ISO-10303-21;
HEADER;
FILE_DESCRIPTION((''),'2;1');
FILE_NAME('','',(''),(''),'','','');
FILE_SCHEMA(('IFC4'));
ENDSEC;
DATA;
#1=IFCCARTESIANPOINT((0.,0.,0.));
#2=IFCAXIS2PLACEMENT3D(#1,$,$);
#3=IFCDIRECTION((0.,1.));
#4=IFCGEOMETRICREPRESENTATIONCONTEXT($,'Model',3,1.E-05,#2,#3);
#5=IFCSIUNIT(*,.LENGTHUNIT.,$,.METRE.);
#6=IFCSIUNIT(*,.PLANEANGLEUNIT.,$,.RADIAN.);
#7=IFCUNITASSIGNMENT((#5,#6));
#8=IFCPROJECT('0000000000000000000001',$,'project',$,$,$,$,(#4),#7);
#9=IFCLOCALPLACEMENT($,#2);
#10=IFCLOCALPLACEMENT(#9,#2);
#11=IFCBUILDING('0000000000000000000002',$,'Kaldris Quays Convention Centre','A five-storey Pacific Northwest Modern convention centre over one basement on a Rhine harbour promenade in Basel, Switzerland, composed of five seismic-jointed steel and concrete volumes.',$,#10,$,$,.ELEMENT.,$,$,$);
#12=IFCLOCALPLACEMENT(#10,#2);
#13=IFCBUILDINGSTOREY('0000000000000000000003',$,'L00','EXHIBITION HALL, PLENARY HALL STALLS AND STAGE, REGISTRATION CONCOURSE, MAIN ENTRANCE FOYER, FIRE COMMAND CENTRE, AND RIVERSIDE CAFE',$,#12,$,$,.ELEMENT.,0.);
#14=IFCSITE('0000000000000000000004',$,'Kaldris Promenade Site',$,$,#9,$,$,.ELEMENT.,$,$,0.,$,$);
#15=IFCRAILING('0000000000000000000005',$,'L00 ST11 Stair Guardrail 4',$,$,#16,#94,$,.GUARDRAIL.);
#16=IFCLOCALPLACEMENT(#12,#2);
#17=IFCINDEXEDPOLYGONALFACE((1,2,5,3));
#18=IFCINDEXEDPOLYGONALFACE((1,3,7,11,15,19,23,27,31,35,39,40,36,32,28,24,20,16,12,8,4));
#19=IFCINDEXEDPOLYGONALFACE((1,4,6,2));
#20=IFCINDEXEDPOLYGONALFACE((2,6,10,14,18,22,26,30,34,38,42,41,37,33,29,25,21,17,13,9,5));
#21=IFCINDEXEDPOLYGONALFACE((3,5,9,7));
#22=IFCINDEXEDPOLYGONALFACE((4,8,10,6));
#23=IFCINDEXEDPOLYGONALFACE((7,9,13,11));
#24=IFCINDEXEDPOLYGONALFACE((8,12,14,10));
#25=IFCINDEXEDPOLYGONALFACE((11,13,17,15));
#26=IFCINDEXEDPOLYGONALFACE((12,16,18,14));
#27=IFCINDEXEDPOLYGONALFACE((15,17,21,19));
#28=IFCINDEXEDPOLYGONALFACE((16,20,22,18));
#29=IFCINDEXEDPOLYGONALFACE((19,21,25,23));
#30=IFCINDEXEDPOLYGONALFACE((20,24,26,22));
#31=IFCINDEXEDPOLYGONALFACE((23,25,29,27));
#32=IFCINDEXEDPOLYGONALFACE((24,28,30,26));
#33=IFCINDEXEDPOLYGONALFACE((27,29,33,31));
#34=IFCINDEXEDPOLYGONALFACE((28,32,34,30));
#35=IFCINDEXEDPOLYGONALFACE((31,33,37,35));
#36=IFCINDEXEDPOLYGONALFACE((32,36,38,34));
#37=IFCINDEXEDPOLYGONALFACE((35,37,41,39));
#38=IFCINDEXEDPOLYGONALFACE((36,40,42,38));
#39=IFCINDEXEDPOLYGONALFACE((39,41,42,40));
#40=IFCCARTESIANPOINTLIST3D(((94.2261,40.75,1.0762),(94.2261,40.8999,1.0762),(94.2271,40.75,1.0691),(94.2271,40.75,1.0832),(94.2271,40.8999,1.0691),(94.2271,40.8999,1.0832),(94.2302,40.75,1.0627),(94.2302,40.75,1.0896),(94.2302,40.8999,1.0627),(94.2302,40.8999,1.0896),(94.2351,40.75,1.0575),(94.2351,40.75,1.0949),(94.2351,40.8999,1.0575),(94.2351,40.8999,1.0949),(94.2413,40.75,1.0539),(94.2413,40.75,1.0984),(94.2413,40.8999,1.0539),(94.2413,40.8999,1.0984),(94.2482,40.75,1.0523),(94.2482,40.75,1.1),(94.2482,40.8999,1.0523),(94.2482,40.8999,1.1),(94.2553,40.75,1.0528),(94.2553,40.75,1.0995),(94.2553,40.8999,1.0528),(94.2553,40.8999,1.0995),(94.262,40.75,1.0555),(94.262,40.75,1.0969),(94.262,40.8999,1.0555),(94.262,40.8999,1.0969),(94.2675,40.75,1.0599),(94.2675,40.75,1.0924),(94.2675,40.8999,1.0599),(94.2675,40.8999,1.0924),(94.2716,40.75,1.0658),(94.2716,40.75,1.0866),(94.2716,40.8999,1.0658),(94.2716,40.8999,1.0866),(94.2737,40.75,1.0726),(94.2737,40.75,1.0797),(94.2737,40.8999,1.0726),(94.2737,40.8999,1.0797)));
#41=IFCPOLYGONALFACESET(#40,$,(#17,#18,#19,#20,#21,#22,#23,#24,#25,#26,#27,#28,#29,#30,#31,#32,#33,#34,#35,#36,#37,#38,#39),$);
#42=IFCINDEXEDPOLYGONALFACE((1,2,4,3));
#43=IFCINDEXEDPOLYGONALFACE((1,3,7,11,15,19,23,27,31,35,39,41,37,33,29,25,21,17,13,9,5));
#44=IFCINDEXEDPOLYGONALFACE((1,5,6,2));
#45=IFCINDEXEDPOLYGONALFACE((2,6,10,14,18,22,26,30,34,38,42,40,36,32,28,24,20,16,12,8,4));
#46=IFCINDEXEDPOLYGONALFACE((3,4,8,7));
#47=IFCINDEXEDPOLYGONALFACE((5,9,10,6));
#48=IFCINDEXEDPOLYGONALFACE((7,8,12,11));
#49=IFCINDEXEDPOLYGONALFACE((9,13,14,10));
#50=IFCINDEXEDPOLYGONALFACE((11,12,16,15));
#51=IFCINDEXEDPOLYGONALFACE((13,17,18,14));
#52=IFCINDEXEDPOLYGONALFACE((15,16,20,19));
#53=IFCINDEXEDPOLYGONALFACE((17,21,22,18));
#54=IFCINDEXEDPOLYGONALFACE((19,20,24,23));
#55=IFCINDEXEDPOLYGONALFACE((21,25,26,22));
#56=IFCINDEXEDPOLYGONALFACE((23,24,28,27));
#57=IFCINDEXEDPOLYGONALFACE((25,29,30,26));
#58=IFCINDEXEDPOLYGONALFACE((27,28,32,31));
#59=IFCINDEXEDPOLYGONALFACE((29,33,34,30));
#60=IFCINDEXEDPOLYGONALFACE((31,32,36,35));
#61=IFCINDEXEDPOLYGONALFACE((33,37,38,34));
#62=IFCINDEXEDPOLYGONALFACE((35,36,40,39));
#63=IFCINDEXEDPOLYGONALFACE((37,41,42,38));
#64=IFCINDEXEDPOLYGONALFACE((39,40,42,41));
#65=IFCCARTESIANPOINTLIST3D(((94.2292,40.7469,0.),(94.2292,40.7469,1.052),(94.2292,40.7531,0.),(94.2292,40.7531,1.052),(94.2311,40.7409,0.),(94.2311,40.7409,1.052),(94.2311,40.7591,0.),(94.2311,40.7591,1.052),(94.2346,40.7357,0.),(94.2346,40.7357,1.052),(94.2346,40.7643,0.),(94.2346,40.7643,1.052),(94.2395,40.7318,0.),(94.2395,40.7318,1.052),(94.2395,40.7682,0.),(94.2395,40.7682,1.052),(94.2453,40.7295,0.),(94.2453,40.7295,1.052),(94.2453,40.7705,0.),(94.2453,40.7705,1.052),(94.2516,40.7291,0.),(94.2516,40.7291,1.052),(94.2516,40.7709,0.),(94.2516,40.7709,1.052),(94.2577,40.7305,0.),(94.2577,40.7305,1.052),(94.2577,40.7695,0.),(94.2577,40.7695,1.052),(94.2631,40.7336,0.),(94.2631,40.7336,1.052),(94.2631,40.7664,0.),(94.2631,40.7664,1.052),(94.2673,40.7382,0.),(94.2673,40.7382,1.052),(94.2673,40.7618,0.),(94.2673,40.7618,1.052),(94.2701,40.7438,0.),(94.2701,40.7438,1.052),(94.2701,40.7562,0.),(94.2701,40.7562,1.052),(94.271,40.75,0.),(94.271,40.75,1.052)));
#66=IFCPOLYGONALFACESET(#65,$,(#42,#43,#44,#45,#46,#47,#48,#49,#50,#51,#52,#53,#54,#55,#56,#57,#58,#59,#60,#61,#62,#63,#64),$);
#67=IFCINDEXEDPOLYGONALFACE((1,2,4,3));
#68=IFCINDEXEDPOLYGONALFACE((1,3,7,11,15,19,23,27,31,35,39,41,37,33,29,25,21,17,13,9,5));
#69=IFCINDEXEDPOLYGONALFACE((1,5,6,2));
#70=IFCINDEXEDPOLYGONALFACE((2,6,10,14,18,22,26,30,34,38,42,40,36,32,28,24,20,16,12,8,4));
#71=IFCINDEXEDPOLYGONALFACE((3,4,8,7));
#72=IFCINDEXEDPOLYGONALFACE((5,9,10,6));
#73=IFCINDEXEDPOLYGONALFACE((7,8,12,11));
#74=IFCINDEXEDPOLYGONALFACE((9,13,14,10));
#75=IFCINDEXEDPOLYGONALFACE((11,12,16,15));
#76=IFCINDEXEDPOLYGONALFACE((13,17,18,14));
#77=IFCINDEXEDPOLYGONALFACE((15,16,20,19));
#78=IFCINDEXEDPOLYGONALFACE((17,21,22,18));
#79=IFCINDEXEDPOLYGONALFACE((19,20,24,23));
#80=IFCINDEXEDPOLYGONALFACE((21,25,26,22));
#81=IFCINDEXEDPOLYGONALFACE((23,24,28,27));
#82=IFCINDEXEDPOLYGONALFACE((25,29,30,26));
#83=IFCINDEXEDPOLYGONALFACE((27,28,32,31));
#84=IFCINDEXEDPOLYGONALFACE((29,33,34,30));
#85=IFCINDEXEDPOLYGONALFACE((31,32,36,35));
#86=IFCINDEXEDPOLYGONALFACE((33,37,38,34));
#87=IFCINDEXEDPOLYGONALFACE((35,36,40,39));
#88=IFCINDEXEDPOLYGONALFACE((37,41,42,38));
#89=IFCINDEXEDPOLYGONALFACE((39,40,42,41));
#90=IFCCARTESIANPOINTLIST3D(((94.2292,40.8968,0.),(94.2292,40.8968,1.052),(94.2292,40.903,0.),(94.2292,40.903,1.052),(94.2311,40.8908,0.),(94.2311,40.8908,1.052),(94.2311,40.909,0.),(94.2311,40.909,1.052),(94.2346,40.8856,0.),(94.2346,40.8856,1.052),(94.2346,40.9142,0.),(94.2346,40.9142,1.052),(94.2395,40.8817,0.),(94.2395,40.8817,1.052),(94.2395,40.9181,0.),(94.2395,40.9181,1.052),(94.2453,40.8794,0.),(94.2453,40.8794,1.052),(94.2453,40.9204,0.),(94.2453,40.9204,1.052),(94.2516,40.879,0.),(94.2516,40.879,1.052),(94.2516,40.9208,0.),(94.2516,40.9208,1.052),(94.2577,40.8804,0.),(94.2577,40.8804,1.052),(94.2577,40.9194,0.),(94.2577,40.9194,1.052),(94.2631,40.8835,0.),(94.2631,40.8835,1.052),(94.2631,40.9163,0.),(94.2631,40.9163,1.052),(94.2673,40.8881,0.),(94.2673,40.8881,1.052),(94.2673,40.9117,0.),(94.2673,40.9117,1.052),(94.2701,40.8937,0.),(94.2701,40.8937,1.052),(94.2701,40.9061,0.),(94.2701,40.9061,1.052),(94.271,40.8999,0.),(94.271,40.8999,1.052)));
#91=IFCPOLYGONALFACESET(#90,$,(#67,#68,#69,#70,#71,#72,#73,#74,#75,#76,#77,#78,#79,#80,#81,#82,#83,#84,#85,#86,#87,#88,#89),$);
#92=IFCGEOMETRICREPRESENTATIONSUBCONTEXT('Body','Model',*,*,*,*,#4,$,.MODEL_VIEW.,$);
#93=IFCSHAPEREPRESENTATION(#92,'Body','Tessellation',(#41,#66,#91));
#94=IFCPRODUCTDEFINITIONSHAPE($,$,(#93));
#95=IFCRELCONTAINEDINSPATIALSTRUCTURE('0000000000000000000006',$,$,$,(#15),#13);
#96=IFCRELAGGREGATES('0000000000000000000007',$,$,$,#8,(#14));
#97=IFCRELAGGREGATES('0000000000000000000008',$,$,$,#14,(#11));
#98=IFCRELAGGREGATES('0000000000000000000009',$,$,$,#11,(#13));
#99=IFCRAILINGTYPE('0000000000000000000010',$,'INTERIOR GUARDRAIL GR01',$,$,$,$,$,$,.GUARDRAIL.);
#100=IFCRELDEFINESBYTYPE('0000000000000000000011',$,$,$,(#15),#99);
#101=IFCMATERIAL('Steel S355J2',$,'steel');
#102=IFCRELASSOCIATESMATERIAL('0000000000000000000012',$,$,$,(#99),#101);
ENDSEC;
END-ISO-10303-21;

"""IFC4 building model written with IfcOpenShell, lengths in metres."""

from ifc_helpers import new_model, si_unit, direction, frame, origin, origin_2d, place, context, subcontext, project, spatial, circle, extrude, material, type_object, element, save


model = new_model("IFC4")

# Units and contexts
model_context = context("Model", 3, precision=1e-05, world=origin(), true_north=direction((0.0, 1.0)))
body_context = subcontext(model_context, "Body", "Model", "MODEL_VIEW")
ifc_project = project(units=[si_unit("LENGTHUNIT", "METRE"), si_unit("PLANEANGLEUNIT", "RADIAN")], contexts=[model_context])

# Site, building, storey
site_placement = place(None, origin())
site = spatial("IfcSite", under=ifc_project, at=site_placement, Name="Kaldris Promenade Site", CompositionType="ELEMENT", RefElevation=0.0)
building_placement = place(site_placement, origin())
building = spatial("IfcBuilding", under=site, at=building_placement, Name="Kaldris Quays Convention Centre", Description="A five-storey Pacific Northwest Modern convention centre over one basement on a Rhine harbour promenade in Basel, Switzerland, composed of five seismic-jointed steel and concrete volumes.", CompositionType="ELEMENT")
storey_placement = place(building_placement, origin())
storey = spatial("IfcBuildingStorey", under=building, at=storey_placement, Name="L00", Description="EXHIBITION HALL, PLENARY HALL STALLS AND STAGE, REGISTRATION CONCOURSE, MAIN ENTRANCE FOYER, FIRE COMMAND CENTRE, AND RIVERSIDE CAFE", CompositionType="ELEMENT", Elevation=0.0)

# Shared definitions
ifc_material_1 = material(Name="Steel S355J2", Category="steel")

# Railing
railing_type_1 = type_object("IfcRailingType", Name="INTERIOR GUARDRAIL GR01", PredefinedType="GUARDRAIL", material=ifc_material_1)
railing_1_placement = place(storey_placement, frame((94.25, 40.75, 0.0)))
element("IfcRailing", 1, at=railing_1_placement, inside=storey, type_object=railing_type_1, Name="L00 ST11 Stair Guardrail 4", PredefinedType="GUARDRAIL", context=body_context, shape_type="SweptSolid", body=[
    extrude(circle(Radius=0.0239, at=origin_2d()), frame((0.0, 0.0, 1.0762), z_axis=(0.0, 1.0, 0.0), x_axis=(-1.0, 0.0, 0.0)), (0.0, 0.0, 1.0), 0.1499),
    extrude(circle(Radius=0.021, at=origin_2d()), origin(), (0.0, 0.0, 1.0), 1.052),
    extrude(circle(Radius=0.021, at=origin_2d()), frame((0.0, 0.1499, 0.0)), (0.0, 0.0, 1.0), 1.052),
])

save(model, "model.ifc")
